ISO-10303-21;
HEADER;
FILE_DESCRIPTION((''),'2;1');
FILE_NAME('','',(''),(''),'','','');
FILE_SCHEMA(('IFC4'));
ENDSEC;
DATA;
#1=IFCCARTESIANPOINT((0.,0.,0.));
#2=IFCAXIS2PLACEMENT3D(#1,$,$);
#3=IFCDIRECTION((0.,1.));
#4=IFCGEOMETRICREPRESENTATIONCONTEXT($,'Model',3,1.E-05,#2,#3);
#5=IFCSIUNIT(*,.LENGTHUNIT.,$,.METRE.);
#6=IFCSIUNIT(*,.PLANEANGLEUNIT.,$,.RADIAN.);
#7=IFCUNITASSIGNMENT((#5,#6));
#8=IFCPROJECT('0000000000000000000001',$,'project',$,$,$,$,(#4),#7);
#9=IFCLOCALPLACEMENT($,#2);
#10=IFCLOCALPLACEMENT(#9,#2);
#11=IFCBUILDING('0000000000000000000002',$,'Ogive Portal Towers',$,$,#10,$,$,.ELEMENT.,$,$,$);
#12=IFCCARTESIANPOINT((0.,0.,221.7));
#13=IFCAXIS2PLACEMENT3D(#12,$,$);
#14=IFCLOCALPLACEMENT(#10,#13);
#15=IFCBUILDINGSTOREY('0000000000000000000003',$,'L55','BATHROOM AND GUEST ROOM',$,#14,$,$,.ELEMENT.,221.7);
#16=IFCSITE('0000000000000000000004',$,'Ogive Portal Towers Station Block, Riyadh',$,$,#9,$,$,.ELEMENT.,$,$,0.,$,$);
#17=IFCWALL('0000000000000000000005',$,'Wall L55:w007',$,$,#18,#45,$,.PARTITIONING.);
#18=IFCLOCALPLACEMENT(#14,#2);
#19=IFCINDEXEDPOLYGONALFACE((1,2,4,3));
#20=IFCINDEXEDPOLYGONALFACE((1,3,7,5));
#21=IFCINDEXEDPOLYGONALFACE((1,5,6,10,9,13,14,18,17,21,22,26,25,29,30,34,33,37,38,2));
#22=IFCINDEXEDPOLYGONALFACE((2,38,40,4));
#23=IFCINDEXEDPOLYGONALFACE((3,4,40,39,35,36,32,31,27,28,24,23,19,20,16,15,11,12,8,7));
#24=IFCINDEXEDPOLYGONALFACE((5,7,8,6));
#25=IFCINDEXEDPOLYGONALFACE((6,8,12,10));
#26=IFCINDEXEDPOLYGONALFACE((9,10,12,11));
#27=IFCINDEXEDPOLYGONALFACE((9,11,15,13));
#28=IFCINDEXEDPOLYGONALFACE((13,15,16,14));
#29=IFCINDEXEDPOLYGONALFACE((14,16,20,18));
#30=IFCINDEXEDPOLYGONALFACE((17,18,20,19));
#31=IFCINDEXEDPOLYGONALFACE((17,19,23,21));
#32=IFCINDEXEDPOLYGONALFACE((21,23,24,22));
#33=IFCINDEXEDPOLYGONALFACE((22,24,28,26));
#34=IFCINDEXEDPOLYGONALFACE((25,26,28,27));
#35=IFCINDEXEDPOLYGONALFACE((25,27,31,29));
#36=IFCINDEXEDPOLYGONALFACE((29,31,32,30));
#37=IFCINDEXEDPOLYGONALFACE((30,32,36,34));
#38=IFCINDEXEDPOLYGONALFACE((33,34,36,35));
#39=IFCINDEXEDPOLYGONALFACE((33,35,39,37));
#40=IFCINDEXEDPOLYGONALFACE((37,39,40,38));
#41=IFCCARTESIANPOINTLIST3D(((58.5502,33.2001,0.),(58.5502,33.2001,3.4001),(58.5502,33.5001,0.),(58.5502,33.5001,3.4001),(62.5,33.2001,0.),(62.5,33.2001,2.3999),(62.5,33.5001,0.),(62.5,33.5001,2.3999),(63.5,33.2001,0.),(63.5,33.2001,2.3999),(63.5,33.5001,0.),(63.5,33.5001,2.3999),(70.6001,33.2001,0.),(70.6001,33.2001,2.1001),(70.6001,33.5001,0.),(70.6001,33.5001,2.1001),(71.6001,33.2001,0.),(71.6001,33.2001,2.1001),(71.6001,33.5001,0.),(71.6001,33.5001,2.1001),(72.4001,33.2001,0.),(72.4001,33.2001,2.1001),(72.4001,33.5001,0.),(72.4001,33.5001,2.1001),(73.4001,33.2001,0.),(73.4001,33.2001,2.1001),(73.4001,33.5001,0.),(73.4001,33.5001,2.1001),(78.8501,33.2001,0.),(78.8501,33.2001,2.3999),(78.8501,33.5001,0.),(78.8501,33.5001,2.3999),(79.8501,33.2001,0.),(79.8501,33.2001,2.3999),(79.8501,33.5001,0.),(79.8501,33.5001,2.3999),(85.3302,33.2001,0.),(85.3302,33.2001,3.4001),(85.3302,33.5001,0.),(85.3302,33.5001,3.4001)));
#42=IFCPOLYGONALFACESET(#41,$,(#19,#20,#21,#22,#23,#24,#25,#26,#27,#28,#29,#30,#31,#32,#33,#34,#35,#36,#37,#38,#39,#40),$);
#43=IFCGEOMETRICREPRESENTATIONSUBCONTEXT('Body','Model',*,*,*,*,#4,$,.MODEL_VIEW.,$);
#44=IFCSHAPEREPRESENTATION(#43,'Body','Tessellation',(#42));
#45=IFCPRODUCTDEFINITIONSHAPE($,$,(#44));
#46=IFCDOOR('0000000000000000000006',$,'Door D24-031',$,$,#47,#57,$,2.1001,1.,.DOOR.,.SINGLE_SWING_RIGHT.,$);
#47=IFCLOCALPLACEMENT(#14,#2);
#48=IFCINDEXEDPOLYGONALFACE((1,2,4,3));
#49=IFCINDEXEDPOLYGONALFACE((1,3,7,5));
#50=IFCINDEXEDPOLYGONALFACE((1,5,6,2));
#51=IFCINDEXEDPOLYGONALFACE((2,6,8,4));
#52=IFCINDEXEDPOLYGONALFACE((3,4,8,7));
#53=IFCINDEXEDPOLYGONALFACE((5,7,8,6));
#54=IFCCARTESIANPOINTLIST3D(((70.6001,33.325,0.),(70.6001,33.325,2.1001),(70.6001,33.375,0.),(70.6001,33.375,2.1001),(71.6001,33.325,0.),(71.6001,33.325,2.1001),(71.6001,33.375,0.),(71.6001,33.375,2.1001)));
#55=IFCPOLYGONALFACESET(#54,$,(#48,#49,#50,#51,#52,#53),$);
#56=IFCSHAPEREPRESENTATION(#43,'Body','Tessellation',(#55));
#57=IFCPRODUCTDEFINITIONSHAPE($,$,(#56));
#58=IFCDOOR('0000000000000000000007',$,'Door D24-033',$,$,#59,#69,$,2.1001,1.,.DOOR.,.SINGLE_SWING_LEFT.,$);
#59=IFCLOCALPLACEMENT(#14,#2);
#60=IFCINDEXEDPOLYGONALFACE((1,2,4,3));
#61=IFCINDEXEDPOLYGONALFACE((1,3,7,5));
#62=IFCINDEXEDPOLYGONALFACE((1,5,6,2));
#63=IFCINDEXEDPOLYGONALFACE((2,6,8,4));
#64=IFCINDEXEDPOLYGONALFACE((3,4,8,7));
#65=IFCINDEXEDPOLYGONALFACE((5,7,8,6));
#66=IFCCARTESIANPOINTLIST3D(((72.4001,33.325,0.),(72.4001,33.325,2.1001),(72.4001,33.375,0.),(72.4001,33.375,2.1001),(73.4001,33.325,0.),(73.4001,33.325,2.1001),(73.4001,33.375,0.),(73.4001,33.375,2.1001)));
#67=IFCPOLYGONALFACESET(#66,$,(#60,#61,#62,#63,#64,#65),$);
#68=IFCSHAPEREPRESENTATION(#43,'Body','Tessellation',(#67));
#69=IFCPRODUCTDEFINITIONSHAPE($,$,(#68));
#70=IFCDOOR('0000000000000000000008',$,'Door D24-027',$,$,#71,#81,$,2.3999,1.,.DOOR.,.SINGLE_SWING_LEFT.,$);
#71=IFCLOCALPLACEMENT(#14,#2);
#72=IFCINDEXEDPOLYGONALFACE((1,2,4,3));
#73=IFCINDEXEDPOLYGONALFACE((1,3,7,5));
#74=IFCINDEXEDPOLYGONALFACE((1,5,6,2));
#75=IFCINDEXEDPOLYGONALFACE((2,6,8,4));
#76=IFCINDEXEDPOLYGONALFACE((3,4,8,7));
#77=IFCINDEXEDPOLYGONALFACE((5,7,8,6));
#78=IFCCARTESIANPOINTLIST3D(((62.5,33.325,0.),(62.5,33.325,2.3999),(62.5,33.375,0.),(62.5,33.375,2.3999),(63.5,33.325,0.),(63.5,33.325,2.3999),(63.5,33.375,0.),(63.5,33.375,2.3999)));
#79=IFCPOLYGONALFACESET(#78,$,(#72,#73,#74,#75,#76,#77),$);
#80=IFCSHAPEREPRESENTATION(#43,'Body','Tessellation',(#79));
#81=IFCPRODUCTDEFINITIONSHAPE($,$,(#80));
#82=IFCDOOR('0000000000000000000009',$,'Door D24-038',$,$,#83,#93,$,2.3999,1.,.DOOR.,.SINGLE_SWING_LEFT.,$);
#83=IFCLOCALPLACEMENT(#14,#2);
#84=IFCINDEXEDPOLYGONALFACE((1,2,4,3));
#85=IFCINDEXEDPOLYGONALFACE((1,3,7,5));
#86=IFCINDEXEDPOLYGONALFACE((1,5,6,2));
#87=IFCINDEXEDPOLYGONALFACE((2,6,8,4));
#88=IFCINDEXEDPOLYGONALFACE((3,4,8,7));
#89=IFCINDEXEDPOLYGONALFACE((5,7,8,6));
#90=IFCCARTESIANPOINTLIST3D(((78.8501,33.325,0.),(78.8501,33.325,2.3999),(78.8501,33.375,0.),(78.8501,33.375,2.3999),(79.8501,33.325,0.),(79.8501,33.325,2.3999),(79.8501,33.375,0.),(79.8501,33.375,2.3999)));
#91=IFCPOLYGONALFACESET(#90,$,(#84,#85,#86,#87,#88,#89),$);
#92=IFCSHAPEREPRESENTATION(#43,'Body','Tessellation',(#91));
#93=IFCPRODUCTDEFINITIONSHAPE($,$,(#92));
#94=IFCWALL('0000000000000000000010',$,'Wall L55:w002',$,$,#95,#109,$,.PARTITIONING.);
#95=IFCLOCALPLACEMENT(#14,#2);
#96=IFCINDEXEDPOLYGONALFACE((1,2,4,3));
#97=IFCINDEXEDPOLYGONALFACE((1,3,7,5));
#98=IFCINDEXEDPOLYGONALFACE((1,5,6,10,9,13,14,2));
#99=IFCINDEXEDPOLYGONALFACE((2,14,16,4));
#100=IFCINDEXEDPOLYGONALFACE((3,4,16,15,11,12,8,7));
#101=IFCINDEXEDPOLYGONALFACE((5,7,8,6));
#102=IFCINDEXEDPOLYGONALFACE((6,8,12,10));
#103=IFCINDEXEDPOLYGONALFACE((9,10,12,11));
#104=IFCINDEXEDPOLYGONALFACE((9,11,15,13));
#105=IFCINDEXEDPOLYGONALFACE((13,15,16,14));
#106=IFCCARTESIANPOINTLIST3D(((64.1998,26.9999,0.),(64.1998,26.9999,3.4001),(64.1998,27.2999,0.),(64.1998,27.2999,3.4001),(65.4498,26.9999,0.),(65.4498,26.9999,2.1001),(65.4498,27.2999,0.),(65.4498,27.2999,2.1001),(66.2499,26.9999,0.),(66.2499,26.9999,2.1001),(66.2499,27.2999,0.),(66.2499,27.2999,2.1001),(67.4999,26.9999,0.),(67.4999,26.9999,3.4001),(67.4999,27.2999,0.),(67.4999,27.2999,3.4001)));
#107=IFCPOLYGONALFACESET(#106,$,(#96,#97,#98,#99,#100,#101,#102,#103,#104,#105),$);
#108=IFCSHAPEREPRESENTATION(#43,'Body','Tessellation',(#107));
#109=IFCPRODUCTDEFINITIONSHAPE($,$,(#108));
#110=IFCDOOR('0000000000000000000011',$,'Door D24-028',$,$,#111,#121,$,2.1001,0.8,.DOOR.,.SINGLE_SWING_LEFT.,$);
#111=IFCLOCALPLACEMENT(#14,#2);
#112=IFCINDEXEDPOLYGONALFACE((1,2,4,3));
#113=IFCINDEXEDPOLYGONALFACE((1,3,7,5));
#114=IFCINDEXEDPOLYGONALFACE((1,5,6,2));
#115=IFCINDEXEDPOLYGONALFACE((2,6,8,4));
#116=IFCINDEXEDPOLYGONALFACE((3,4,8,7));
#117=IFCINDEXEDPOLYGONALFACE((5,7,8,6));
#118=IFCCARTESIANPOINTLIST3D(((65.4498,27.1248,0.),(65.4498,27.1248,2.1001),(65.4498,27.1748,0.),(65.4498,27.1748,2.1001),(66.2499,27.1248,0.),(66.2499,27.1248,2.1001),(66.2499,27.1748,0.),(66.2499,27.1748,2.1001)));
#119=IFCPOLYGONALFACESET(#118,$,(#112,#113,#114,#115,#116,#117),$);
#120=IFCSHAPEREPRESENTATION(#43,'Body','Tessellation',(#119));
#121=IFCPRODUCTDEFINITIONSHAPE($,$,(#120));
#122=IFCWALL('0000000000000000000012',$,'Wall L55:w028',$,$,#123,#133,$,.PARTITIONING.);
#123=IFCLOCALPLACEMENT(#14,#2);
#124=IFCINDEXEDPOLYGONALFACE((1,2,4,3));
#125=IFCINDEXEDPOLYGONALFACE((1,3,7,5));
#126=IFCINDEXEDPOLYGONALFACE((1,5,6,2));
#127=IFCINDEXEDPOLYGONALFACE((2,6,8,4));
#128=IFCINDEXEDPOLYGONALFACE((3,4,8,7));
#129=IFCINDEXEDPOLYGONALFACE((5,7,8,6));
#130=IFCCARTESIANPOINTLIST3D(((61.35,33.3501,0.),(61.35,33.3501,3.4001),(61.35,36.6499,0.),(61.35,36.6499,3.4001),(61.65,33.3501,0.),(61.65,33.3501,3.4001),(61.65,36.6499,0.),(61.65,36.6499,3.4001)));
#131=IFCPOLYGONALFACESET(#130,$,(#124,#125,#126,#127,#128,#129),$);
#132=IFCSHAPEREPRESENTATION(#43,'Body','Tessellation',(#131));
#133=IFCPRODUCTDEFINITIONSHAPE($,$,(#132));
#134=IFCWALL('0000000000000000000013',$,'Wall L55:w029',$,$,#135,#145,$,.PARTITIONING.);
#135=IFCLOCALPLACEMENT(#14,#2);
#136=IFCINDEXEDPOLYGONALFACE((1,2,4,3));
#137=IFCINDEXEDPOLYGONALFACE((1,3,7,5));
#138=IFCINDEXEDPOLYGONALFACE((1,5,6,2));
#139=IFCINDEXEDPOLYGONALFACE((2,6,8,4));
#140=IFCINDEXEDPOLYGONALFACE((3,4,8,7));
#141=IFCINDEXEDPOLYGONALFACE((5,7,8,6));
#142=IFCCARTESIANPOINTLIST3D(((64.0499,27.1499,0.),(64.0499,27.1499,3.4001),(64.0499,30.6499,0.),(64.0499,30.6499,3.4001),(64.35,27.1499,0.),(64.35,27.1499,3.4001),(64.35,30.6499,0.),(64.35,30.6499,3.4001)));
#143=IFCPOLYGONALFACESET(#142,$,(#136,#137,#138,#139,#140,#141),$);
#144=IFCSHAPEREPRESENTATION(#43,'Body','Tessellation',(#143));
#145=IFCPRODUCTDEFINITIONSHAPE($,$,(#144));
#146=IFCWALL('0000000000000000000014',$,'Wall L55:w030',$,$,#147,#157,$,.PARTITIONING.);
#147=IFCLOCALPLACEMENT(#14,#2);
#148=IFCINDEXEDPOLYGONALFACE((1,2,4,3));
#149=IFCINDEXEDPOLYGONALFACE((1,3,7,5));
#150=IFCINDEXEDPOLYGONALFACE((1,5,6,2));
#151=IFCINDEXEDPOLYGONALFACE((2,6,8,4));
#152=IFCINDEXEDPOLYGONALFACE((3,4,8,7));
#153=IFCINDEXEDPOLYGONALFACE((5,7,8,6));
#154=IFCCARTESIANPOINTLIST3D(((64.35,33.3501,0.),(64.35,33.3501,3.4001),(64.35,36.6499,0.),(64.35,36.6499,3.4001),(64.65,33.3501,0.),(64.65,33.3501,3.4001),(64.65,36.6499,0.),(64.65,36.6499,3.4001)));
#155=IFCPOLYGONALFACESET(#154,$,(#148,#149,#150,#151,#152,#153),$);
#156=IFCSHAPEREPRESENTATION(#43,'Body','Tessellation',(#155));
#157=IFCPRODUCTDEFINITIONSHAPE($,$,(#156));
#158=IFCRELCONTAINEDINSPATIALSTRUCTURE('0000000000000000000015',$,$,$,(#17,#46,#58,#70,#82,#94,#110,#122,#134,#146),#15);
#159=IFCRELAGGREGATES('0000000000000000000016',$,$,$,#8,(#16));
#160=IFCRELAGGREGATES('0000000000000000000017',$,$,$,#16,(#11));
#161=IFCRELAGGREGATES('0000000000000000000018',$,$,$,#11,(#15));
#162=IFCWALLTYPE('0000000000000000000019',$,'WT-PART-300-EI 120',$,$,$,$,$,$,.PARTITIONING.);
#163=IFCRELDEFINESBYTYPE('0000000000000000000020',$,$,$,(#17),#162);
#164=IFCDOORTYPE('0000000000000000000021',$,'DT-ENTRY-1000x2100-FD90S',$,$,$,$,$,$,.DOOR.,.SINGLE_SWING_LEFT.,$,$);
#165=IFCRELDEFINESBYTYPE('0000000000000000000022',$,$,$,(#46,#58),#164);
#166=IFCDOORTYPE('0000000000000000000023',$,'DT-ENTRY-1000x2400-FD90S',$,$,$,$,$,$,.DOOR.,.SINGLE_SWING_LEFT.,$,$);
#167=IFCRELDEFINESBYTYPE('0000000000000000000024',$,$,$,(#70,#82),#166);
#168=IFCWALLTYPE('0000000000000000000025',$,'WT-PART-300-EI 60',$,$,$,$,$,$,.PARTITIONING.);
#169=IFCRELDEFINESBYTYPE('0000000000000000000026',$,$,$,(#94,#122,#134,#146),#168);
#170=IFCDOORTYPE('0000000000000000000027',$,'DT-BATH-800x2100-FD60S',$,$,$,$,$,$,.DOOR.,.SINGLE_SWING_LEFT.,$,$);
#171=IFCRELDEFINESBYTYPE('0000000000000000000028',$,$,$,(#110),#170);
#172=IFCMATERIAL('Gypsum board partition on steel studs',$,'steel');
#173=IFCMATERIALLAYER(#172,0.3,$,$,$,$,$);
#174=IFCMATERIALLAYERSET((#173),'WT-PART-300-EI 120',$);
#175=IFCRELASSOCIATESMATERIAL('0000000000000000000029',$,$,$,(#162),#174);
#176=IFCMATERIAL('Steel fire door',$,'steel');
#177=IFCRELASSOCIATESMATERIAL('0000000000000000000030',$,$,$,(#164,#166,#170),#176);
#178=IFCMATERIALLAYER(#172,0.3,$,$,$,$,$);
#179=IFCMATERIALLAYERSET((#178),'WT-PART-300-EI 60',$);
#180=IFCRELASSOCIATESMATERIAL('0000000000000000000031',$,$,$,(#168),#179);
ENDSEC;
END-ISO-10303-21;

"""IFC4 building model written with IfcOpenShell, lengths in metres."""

from ifc_helpers import new_model, si_unit, direction, frame, frame_2d, origin, place, context, subcontext, project, spatial, rectangle, extrude, material, layer, layer_set, type_object, element, fill, save


model = new_model("IFC4")

# Units and contexts
model_context = context("Model", 3, precision=1e-05, world=origin(), true_north=direction((0.0, 1.0)))
body_context = subcontext(model_context, "Body", "Model", "MODEL_VIEW")
ifc_project = project(units=[si_unit("LENGTHUNIT", "METRE"), si_unit("PLANEANGLEUNIT", "RADIAN")], contexts=[model_context])

# Site, building, storey
site_placement = place(None, origin())
site = spatial("IfcSite", under=ifc_project, at=site_placement, Name="Ogive Portal Towers Station Block, Riyadh", CompositionType="ELEMENT", RefElevation=0.0)
building_placement = place(site_placement, origin())
building = spatial("IfcBuilding", under=site, at=building_placement, Name="Ogive Portal Towers", CompositionType="ELEMENT")
storey_placement = place(building_placement, frame((0.0, 0.0, 221.7)))
storey = spatial("IfcBuildingStorey", under=building, at=storey_placement, Name="L55", Description="BATHROOM AND GUEST ROOM", CompositionType="ELEMENT", Elevation=221.7)

# Wall, openings, doors
ifc_material_1 = material(Name="Gypsum board partition on steel studs", Category="steel")
ifc_layer_1 = layer(ifc_material_1, 0.3)
ifc_layer_set_1 = layer_set([ifc_layer_1], Name="WT-PART-300-EI 120")
wall_type_1 = type_object("IfcWallType", Name="WT-PART-300-EI 120", PredefinedType="PARTITIONING", material=ifc_layer_set_1)
ifc_material_2 = material(Name="Steel fire door", Category="steel")
door_type_1 = type_object("IfcDoorType", Name="DT-ENTRY-1000x2100-FD90S", OperationType="SINGLE_SWING_LEFT", PredefinedType="DOOR", material=ifc_material_2)
door_type_2 = type_object("IfcDoorType", Name="DT-ENTRY-1000x2400-FD90S", OperationType="SINGLE_SWING_LEFT", PredefinedType="DOOR", material=ifc_material_2)
wall_1_placement = place(storey_placement, frame((58.55, 33.3501, 0.0), z_axis=(0.0, 0.0, 1.0), x_axis=(1.0, 0.0, 0.0)))
wall_1 = element("IfcWall", 1, at=wall_1_placement, inside=storey, type_object=wall_type_1, Name="Wall L55:w007", PredefinedType="PARTITIONING", context=body_context, shape_type="SweptSolid", body=[
    extrude(rectangle(XDim=26.78, YDim=0.3, at=frame_2d((13.3901, 0.0))), origin(), (0.0, 0.0, 1.0), 3.4001),
])
opening_1_placement = place(wall_1_placement, frame((3.95, 0.0, 0.0)))
opening_1 = element("IfcOpeningElement", 2, at=opening_1_placement, cuts=wall_1, PredefinedType="OPENING", context=body_context, shape_type="SweptSolid", body=[
    extrude(rectangle(XDim=1.0, YDim=2.3999, at=frame_2d((0.5, 1.2))), frame((0.0, 0.1602, 0.0), z_axis=(0.0, -1.0, 0.0), x_axis=(1.0, 0.0, 0.0)), (0.0, 0.0, 1.0), 0.3201),
])
opening_2_placement = place(wall_1_placement, frame((12.05, 0.0, 0.0)))
opening_2 = element("IfcOpeningElement", 3, at=opening_2_placement, cuts=wall_1, PredefinedType="OPENING", context=body_context, shape_type="SweptSolid", body=[
    extrude(rectangle(XDim=1.0, YDim=2.1001, at=frame_2d((0.5, 1.05))), frame((0.0, 0.1602, 0.0), z_axis=(0.0, -1.0, 0.0), x_axis=(1.0, 0.0, 0.0)), (0.0, 0.0, 1.0), 0.3201),
])
opening_3_placement = place(wall_1_placement, frame((13.8501, 0.0, 0.0)))
opening_3 = element("IfcOpeningElement", 4, at=opening_3_placement, cuts=wall_1, PredefinedType="OPENING", context=body_context, shape_type="SweptSolid", body=[
    extrude(rectangle(XDim=1.0, YDim=2.1001, at=frame_2d((0.5, 1.05))), frame((0.0, 0.1602, 0.0), z_axis=(0.0, -1.0, 0.0), x_axis=(1.0, 0.0, 0.0)), (0.0, 0.0, 1.0), 0.3201),
])
opening_4_placement = place(wall_1_placement, frame((20.3, 0.0, 0.0)))
opening_4 = element("IfcOpeningElement", 5, at=opening_4_placement, cuts=wall_1, PredefinedType="OPENING", context=body_context, shape_type="SweptSolid", body=[
    extrude(rectangle(XDim=1.0, YDim=2.3999, at=frame_2d((0.5, 1.2))), frame((0.0, 0.1602, 0.0), z_axis=(0.0, -1.0, 0.0), x_axis=(1.0, 0.0, 0.0)), (0.0, 0.0, 1.0), 0.3201),
])
door_1_placement = place(opening_2_placement, origin())
door_1 = element("IfcDoor", 6, at=door_1_placement, inside=storey, type_object=door_type_1, Name="Door D24-031", OperationType="SINGLE_SWING_RIGHT", OverallHeight=2.1001, OverallWidth=1.0, PredefinedType="DOOR", context=body_context, shape_type="SweptSolid", body=[
    extrude(rectangle(XDim=1.0, YDim=2.1001, at=frame_2d((0.5, 1.05))), frame((0.0, 0.0249, 0.0), z_axis=(0.0, -1.0, 0.0), x_axis=(1.0, 0.0, 0.0)), (0.0, 0.0, 1.0), 0.05),
])
fill(opening_2, door_1)
door_2_placement = place(opening_3_placement, origin())
door_2 = element("IfcDoor", 7, at=door_2_placement, inside=storey, type_object=door_type_1, Name="Door D24-033", OperationType="SINGLE_SWING_LEFT", OverallHeight=2.1001, OverallWidth=1.0, PredefinedType="DOOR", context=body_context, shape_type="SweptSolid", body=[
    extrude(rectangle(XDim=1.0, YDim=2.1001, at=frame_2d((0.5, 1.05))), frame((0.0, 0.0249, 0.0), z_axis=(0.0, -1.0, 0.0), x_axis=(1.0, 0.0, 0.0)), (0.0, 0.0, 1.0), 0.05),
])
fill(opening_3, door_2)
door_3_placement = place(opening_1_placement, origin())
door_3 = element("IfcDoor", 8, at=door_3_placement, inside=storey, type_object=door_type_2, Name="Door D24-027", OperationType="SINGLE_SWING_LEFT", OverallHeight=2.3999, OverallWidth=1.0, PredefinedType="DOOR", context=body_context, shape_type="SweptSolid", body=[
    extrude(rectangle(XDim=1.0, YDim=2.3999, at=frame_2d((0.5, 1.2))), frame((0.0, 0.0249, 0.0), z_axis=(0.0, -1.0, 0.0), x_axis=(1.0, 0.0, 0.0)), (0.0, 0.0, 1.0), 0.05),
])
fill(opening_1, door_3)
door_4_placement = place(opening_4_placement, origin())
door_4 = element("IfcDoor", 9, at=door_4_placement, inside=storey, type_object=door_type_2, Name="Door D24-038", OperationType="SINGLE_SWING_LEFT", OverallHeight=2.3999, OverallWidth=1.0, PredefinedType="DOOR", context=body_context, shape_type="SweptSolid", body=[
    extrude(rectangle(XDim=1.0, YDim=2.3999, at=frame_2d((0.5, 1.2))), frame((0.0, 0.0249, 0.0), z_axis=(0.0, -1.0, 0.0), x_axis=(1.0, 0.0, 0.0)), (0.0, 0.0, 1.0), 0.05),
])
fill(opening_4, door_4)

# Wall, opening, door
ifc_layer_2 = layer(ifc_material_1, 0.3)
ifc_layer_set_2 = layer_set([ifc_layer_2], Name="WT-PART-300-EI 60")
wall_type_2 = type_object("IfcWallType", Name="WT-PART-300-EI 60", PredefinedType="PARTITIONING", material=ifc_layer_set_2)
wall_2_placement = place(storey_placement, frame((64.2, 27.1499, 0.0), z_axis=(0.0, 0.0, 1.0), x_axis=(1.0, 0.0, 0.0)))
wall_2 = element("IfcWall", 10, at=wall_2_placement, inside=storey, type_object=wall_type_2, Name="Wall L55:w002", PredefinedType="PARTITIONING", context=body_context, shape_type="SweptSolid", body=[
    extrude(rectangle(XDim=3.3, YDim=0.3, at=frame_2d((1.6499, 0.0))), origin(), (0.0, 0.0, 1.0), 3.4001),
])
opening_5_placement = place(wall_2_placement, frame((1.25, 0.0, 0.0)))
opening_5 = element("IfcOpeningElement", 11, at=opening_5_placement, cuts=wall_2, PredefinedType="OPENING", context=body_context, shape_type="SweptSolid", body=[
    extrude(rectangle(XDim=0.8, YDim=2.1001, at=frame_2d((0.3999, 1.05))), frame((0.0, 0.1602, 0.0), z_axis=(0.0, -1.0, 0.0), x_axis=(1.0, 0.0, 0.0)), (0.0, 0.0, 1.0), 0.3201),
])
door_type_3 = type_object("IfcDoorType", Name="DT-BATH-800x2100-FD60S", OperationType="SINGLE_SWING_LEFT", PredefinedType="DOOR", material=ifc_material_2)
door_5_placement = place(opening_5_placement, origin())
door_5 = element("IfcDoor", 12, at=door_5_placement, inside=storey, type_object=door_type_3, Name="Door D24-028", OperationType="SINGLE_SWING_LEFT", OverallHeight=2.1001, OverallWidth=0.8, PredefinedType="DOOR", context=body_context, shape_type="SweptSolid", body=[
    extrude(rectangle(XDim=0.8, YDim=2.1001, at=frame_2d((0.3999, 1.05))), frame((0.0, 0.0249, 0.0), z_axis=(0.0, -1.0, 0.0), x_axis=(1.0, 0.0, 0.0)), (0.0, 0.0, 1.0), 0.05),
])
fill(opening_5, door_5)

# Walls
wall_3_placement = place(storey_placement, frame((61.5, 33.3501, 0.0), z_axis=(0.0, 0.0, 1.0), x_axis=(0.0, 1.0, 0.0)))
element("IfcWall", 13, at=wall_3_placement, inside=storey, type_object=wall_type_2, Name="Wall L55:w028", PredefinedType="PARTITIONING", context=body_context, shape_type="SweptSolid", body=[
    extrude(rectangle(XDim=3.2998, YDim=0.3, at=frame_2d((1.6499, 0.0))), origin(), (0.0, 0.0, 1.0), 3.4001),
])
wall_4_placement = place(storey_placement, frame((64.2, 27.1499, 0.0), z_axis=(0.0, 0.0, 1.0), x_axis=(0.0, 1.0, 0.0)))
element("IfcWall", 14, at=wall_4_placement, inside=storey, type_object=wall_type_2, Name="Wall L55:w029", PredefinedType="PARTITIONING", context=body_context, shape_type="SweptSolid", body=[
    extrude(rectangle(XDim=3.5, YDim=0.3, at=frame_2d((1.75, 0.0))), origin(), (0.0, 0.0, 1.0), 3.4001),
])
wall_5_placement = place(storey_placement, frame((64.5, 33.3501, 0.0), z_axis=(0.0, 0.0, 1.0), x_axis=(0.0, 1.0, 0.0)))
element("IfcWall", 15, at=wall_5_placement, inside=storey, type_object=wall_type_2, Name="Wall L55:w030", PredefinedType="PARTITIONING", context=body_context, shape_type="SweptSolid", body=[
    extrude(rectangle(XDim=3.2998, YDim=0.3, at=frame_2d((1.6499, 0.0))), origin(), (0.0, 0.0, 1.0), 3.4001),
])

save(model, "model.ifc")
